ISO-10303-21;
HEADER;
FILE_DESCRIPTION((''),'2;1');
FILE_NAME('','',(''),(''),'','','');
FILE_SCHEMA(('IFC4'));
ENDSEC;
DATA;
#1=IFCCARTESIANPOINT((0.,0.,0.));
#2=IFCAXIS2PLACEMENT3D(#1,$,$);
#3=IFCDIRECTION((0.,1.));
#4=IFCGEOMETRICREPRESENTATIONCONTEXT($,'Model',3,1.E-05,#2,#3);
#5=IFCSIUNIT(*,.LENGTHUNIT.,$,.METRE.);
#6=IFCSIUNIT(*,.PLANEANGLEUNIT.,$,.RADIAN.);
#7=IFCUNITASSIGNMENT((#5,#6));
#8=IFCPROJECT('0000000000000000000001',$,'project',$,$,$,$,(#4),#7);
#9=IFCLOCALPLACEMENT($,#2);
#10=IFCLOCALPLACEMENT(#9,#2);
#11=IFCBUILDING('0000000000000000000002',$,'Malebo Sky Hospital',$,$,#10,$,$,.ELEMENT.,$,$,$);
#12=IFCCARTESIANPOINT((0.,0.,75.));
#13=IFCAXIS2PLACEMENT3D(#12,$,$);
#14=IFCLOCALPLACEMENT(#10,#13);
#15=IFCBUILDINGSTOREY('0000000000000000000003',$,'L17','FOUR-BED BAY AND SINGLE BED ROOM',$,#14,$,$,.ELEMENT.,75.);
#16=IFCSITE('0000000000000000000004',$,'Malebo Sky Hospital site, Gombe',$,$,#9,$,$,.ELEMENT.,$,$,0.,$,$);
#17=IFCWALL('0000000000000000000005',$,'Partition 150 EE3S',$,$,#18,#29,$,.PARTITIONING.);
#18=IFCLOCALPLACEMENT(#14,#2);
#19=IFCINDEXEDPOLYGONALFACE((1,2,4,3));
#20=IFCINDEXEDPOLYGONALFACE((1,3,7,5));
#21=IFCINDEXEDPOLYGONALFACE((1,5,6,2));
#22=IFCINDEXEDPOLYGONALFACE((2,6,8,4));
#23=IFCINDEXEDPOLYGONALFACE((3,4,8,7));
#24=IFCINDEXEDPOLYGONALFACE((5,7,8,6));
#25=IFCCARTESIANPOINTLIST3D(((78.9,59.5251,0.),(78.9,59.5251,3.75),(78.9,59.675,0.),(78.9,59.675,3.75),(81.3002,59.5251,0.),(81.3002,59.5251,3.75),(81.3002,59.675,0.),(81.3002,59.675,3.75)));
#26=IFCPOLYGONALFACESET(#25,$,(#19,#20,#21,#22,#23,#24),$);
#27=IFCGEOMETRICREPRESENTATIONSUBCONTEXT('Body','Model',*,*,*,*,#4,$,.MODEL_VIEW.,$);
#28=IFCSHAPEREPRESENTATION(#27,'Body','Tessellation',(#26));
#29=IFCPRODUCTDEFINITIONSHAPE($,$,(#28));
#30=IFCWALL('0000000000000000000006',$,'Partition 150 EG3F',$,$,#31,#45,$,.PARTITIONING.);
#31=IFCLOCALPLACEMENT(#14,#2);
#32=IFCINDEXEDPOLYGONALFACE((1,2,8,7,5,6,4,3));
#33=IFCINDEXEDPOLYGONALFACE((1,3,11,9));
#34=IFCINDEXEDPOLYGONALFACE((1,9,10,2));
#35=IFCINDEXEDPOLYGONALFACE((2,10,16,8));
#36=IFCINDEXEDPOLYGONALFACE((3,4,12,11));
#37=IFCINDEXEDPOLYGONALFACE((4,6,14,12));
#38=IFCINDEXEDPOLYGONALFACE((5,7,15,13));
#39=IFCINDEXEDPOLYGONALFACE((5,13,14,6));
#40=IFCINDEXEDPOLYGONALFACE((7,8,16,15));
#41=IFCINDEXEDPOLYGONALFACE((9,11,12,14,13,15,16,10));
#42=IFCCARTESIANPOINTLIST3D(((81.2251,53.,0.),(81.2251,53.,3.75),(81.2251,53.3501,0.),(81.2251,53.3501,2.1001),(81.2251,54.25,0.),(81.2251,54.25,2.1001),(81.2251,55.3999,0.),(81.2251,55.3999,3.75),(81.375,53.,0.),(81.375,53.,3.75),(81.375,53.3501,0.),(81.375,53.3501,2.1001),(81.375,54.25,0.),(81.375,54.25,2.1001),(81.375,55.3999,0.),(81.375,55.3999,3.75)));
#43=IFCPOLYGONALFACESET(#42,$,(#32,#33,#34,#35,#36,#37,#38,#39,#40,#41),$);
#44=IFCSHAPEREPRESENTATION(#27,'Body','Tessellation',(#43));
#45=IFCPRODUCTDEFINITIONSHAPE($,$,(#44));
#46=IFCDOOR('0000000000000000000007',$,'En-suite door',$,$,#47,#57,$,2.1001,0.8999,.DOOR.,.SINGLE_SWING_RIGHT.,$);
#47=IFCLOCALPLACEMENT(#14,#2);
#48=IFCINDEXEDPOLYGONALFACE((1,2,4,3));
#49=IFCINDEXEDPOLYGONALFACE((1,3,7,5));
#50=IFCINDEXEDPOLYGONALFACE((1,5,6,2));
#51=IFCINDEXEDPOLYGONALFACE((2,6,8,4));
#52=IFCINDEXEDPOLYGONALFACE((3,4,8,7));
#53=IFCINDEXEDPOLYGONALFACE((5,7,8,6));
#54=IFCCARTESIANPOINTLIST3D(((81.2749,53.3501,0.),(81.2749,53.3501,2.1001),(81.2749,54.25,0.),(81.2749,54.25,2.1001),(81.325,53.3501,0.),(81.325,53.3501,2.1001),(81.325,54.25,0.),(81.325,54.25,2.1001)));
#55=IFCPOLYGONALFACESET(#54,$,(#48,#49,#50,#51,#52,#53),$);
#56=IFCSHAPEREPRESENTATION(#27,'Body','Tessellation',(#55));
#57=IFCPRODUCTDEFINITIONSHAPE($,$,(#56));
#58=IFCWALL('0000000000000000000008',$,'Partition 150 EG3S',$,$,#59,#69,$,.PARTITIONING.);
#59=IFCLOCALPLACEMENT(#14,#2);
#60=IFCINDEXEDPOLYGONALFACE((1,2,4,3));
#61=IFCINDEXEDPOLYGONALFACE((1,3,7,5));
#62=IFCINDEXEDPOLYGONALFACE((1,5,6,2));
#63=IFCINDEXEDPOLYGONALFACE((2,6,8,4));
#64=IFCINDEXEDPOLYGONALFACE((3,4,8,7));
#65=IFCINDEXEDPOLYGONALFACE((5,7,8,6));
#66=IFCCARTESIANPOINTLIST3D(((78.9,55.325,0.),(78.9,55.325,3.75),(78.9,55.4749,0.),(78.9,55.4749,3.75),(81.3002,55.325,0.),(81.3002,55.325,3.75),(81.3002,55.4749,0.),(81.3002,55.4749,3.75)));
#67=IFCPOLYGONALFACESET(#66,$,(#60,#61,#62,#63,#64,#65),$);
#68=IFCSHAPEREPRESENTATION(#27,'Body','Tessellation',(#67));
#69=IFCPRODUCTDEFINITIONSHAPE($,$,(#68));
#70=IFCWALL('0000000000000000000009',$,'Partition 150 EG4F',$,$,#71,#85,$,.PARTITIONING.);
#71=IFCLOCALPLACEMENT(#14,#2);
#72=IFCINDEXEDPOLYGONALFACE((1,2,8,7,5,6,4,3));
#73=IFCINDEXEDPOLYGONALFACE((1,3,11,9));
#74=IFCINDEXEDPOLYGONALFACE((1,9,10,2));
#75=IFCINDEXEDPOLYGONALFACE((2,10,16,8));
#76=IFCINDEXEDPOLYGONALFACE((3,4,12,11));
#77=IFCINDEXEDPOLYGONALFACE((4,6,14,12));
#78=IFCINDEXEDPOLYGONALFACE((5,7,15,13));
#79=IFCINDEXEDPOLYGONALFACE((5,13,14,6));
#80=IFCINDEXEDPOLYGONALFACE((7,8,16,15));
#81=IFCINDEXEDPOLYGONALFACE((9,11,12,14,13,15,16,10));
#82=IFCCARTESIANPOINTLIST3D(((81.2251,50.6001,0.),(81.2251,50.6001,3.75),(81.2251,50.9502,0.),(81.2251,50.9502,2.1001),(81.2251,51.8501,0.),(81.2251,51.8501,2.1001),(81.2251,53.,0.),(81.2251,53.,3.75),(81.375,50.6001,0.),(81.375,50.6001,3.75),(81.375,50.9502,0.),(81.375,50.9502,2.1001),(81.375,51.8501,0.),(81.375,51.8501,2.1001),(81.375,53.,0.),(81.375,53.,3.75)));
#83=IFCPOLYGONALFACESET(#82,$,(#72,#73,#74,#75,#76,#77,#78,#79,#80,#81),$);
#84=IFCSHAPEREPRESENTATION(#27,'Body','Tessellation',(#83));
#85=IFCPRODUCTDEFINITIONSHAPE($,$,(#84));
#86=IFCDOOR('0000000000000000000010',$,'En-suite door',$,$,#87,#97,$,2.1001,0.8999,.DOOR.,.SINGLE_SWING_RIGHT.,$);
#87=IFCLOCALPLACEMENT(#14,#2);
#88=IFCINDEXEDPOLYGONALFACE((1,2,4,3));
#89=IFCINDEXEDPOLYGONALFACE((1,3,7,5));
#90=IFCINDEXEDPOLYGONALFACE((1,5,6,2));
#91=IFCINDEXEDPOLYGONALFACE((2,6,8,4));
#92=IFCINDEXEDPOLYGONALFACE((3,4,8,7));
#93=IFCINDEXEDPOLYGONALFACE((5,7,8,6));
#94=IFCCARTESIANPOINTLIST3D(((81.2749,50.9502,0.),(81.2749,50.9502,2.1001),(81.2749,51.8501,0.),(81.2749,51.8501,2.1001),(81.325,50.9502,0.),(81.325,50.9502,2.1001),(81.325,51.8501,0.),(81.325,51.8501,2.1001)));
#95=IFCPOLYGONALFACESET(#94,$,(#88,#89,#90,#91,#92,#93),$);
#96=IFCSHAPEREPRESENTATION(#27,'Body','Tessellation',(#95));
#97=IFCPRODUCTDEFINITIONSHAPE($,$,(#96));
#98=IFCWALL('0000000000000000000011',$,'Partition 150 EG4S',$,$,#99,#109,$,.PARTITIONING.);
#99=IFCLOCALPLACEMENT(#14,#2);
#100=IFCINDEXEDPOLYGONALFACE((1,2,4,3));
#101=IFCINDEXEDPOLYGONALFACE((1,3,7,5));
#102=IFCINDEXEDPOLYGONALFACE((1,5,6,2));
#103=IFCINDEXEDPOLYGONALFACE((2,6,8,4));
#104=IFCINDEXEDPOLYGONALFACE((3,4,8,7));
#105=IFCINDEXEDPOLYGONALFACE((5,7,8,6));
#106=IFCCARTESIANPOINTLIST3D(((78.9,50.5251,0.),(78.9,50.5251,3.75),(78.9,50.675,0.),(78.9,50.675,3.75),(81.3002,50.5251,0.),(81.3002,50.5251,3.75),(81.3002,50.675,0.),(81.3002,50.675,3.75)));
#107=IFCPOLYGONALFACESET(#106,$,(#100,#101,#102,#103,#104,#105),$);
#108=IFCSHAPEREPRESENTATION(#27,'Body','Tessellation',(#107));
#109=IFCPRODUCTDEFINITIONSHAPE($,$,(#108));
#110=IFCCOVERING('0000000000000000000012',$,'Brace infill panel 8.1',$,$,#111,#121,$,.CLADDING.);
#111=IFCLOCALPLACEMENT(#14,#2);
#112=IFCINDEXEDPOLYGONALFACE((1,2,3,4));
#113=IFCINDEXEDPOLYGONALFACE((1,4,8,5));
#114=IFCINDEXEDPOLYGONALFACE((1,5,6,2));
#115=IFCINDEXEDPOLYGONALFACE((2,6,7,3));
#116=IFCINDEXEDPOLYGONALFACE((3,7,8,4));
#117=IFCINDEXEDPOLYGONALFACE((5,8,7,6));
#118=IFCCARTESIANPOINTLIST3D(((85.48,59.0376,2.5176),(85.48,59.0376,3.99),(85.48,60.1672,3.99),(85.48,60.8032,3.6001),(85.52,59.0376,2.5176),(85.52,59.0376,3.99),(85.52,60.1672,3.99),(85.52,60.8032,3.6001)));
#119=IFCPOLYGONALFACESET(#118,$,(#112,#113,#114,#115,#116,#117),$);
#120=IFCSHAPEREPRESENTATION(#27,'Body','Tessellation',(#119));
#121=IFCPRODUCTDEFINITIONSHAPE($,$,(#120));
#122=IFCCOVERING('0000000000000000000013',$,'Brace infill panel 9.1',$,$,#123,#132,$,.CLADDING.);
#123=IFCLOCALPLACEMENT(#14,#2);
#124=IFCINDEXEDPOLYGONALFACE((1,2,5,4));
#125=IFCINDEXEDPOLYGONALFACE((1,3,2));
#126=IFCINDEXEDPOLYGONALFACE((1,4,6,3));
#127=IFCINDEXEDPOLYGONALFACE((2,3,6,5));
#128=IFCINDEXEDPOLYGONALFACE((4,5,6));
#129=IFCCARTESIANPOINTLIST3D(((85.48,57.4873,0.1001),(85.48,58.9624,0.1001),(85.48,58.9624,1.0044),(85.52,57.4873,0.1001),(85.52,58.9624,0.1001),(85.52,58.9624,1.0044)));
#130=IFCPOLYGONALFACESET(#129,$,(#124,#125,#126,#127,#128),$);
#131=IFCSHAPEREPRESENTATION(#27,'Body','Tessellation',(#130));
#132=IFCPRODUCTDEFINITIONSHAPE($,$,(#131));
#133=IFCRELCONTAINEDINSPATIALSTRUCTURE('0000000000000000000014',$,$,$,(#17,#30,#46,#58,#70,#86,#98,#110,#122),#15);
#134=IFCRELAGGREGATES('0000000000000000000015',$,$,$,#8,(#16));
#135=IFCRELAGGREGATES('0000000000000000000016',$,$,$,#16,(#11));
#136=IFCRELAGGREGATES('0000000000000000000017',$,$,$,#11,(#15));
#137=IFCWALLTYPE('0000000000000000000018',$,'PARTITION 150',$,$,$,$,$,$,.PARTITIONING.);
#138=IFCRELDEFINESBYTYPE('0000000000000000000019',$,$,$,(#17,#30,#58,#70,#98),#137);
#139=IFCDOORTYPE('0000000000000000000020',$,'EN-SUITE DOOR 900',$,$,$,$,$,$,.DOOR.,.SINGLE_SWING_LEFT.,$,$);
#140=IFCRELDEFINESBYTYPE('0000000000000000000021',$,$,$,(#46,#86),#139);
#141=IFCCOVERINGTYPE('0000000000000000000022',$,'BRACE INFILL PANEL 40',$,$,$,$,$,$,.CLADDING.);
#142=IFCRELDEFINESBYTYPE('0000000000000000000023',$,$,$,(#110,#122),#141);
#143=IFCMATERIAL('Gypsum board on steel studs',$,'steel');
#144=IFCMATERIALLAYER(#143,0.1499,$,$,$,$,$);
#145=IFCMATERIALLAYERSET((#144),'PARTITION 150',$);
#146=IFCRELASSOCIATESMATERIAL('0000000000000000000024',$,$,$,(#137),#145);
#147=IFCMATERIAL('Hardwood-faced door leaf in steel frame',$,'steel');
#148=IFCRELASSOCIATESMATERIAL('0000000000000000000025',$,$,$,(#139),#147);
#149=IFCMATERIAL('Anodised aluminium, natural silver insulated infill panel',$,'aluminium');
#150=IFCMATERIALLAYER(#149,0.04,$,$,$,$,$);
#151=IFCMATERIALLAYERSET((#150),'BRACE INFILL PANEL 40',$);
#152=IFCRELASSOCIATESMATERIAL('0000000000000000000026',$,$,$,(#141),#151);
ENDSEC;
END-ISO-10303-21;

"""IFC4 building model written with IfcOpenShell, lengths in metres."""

from ifc_helpers import new_model, si_unit, direction, frame, frame_2d, origin, place, context, subcontext, project, spatial, polyline, rectangle, outline, extrude, material, layer, layer_set, type_object, element, fill, save


model = new_model("IFC4")

# Units and contexts
model_context = context("Model", 3, precision=1e-05, world=origin(), true_north=direction((0.0, 1.0)))
body_context = subcontext(model_context, "Body", "Model", "MODEL_VIEW")
ifc_project = project(units=[si_unit("LENGTHUNIT", "METRE"), si_unit("PLANEANGLEUNIT", "RADIAN")], contexts=[model_context])

# Site, building, storey
site_placement = place(None, origin())
site = spatial("IfcSite", under=ifc_project, at=site_placement, Name="Malebo Sky Hospital site, Gombe", CompositionType="ELEMENT", RefElevation=0.0)
building_placement = place(site_placement, origin())
building = spatial("IfcBuilding", under=site, at=building_placement, Name="Malebo Sky Hospital", CompositionType="ELEMENT")
storey_placement = place(building_placement, frame((0.0, 0.0, 75.0)))
storey = spatial("IfcBuildingStorey", under=building, at=storey_placement, Name="L17", Description="FOUR-BED BAY AND SINGLE BED ROOM", CompositionType="ELEMENT", Elevation=75.0)

# Wall
ifc_material_1 = material(Name="Gypsum board on steel studs", Category="steel")
ifc_layer_1 = layer(ifc_material_1, 0.1499)
ifc_layer_set_1 = layer_set([ifc_layer_1], Name="PARTITION 150")
wall_type = type_object("IfcWallType", Name="PARTITION 150", PredefinedType="PARTITIONING", material=ifc_layer_set_1)
wall_1_placement = place(storey_placement, frame((78.8999, 59.6001, 0.0), z_axis=(0.0, 0.0, 1.0), x_axis=(1.0, 0.0, 0.0)))
element("IfcWall", 1, at=wall_1_placement, inside=storey, type_object=wall_type, Name="Partition 150 EE3S", PredefinedType="PARTITIONING", context=body_context, shape_type="SweptSolid", body=[
    extrude(rectangle(XDim=2.4001, YDim=0.1499, at=frame_2d((1.2002, 0.0))), origin(), (0.0, 0.0, 1.0), 3.75),
])

# Wall, opening, door
wall_2_placement = place(storey_placement, frame((81.3, 55.3999, 0.0), z_axis=(0.0, 0.0, 1.0), x_axis=(0.0, -1.0, 0.0)))
wall_2 = element("IfcWall", 2, at=wall_2_placement, inside=storey, type_object=wall_type, Name="Partition 150 EG3F", PredefinedType="PARTITIONING", context=body_context, shape_type="SweptSolid", body=[
    extrude(rectangle(XDim=2.3999, YDim=0.1499, at=frame_2d((1.2, 0.0))), origin(), (0.0, 0.0, 1.0), 3.75),
])
opening_1_placement = place(wall_2_placement, frame((1.1499, 0.0, 0.0)))
opening_1 = element("IfcOpeningElement", 3, at=opening_1_placement, cuts=wall_2, PredefinedType="OPENING", context=body_context, shape_type="SweptSolid", body=[
    extrude(rectangle(XDim=0.8999, YDim=2.1001, at=frame_2d((0.45, 1.05))), frame((0.0, 0.085, 0.0), z_axis=(0.0, -1.0, 0.0), x_axis=(1.0, 0.0, 0.0)), (0.0, 0.0, 1.0), 0.1699),
])
ifc_material_2 = material(Name="Hardwood-faced door leaf in steel frame", Category="steel")
door_type = type_object("IfcDoorType", Name="EN-SUITE DOOR 900", OperationType="SINGLE_SWING_LEFT", PredefinedType="DOOR", material=ifc_material_2)
door_1_placement = place(opening_1_placement, origin())
door_1 = element("IfcDoor", 4, at=door_1_placement, inside=storey, type_object=door_type, Name="En-suite door", OperationType="SINGLE_SWING_RIGHT", OverallHeight=2.1001, OverallWidth=0.8999, PredefinedType="DOOR", context=body_context, shape_type="SweptSolid", body=[
    extrude(rectangle(XDim=0.8999, YDim=2.1001, at=frame_2d((0.45, 1.05))), frame((0.0, 0.0249, 0.0), z_axis=(0.0, -1.0, 0.0), x_axis=(1.0, 0.0, 0.0)), (0.0, 0.0, 1.0), 0.05),
])
fill(opening_1, door_1)

# Wall
wall_3_placement = place(storey_placement, frame((78.8999, 55.3999, 0.0), z_axis=(0.0, 0.0, 1.0), x_axis=(1.0, 0.0, 0.0)))
element("IfcWall", 5, at=wall_3_placement, inside=storey, type_object=wall_type, Name="Partition 150 EG3S", PredefinedType="PARTITIONING", context=body_context, shape_type="SweptSolid", body=[
    extrude(rectangle(XDim=2.4001, YDim=0.1499, at=frame_2d((1.2002, 0.0))), origin(), (0.0, 0.0, 1.0), 3.75),
])

# Wall, opening, door
wall_4_placement = place(storey_placement, frame((81.3, 53.0, 0.0), z_axis=(0.0, 0.0, 1.0), x_axis=(0.0, -1.0, 0.0)))
wall_4 = element("IfcWall", 6, at=wall_4_placement, inside=storey, type_object=wall_type, Name="Partition 150 EG4F", PredefinedType="PARTITIONING", context=body_context, shape_type="SweptSolid", body=[
    extrude(rectangle(XDim=2.3999, YDim=0.1499, at=frame_2d((1.2, 0.0))), origin(), (0.0, 0.0, 1.0), 3.75),
])
opening_2_placement = place(wall_4_placement, frame((1.1499, 0.0, 0.0)))
opening_2 = element("IfcOpeningElement", 7, at=opening_2_placement, cuts=wall_4, PredefinedType="OPENING", context=body_context, shape_type="SweptSolid", body=[
    extrude(rectangle(XDim=0.8999, YDim=2.1001, at=frame_2d((0.45, 1.05))), frame((0.0, 0.085, 0.0), z_axis=(0.0, -1.0, 0.0), x_axis=(1.0, 0.0, 0.0)), (0.0, 0.0, 1.0), 0.1699),
])
door_2_placement = place(opening_2_placement, origin())
door_2 = element("IfcDoor", 8, at=door_2_placement, inside=storey, type_object=door_type, Name="En-suite door", OperationType="SINGLE_SWING_RIGHT", OverallHeight=2.1001, OverallWidth=0.8999, PredefinedType="DOOR", context=body_context, shape_type="SweptSolid", body=[
    extrude(rectangle(XDim=0.8999, YDim=2.1001, at=frame_2d((0.45, 1.05))), frame((0.0, 0.0249, 0.0), z_axis=(0.0, -1.0, 0.0), x_axis=(1.0, 0.0, 0.0)), (0.0, 0.0, 1.0), 0.05),
])
fill(opening_2, door_2)

# Wall
wall_5_placement = place(storey_placement, frame((78.8999, 50.6001, 0.0), z_axis=(0.0, 0.0, 1.0), x_axis=(1.0, 0.0, 0.0)))
element("IfcWall", 9, at=wall_5_placement, inside=storey, type_object=wall_type, Name="Partition 150 EG4S", PredefinedType="PARTITIONING", context=body_context, shape_type="SweptSolid", body=[
    extrude(rectangle(XDim=2.4001, YDim=0.1499, at=frame_2d((1.2002, 0.0))), origin(), (0.0, 0.0, 1.0), 3.75),
])

# Coverings
ifc_material_3 = material(Name="Anodised aluminium, natural silver insulated infill panel", Category="aluminium")
ifc_layer_2 = layer(ifc_material_3, 0.04)
ifc_layer_set_2 = layer_set([ifc_layer_2], Name="BRACE INFILL PANEL 40")
covering_type = type_object("IfcCoveringType", Name="BRACE INFILL PANEL 40", PredefinedType="CLADDING", material=ifc_layer_set_2)
covering_1_placement = place(storey_placement, frame((85.5, 59.9204, 2.5176), z_axis=(0.0, 0.0, 1.0), x_axis=(0.0, -1.0, 0.0)))
element("IfcCovering", 10, at=covering_1_placement, inside=storey, type_object=covering_type, Name="Brace infill panel 8.1", PredefinedType="CLADDING", context=body_context, shape_type="SweptSolid", body=[
    extrude(outline(polyline([(0.8828, 0.0), (0.8828, 1.4724), (-0.2468, 1.4724), (-0.8828, 1.0825), (0.8828, 0.0)])), frame((0.0, 0.02, 0.0), z_axis=(0.0, -1.0, 0.0), x_axis=(1.0, 0.0, 0.0)), (0.0, 0.0, 1.0), 0.04),
])
covering_2_placement = place(storey_placement, frame((85.5, 58.2249, 0.1001), z_axis=(0.0, 0.0, 1.0), x_axis=(0.0, -1.0, 0.0)))
element("IfcCovering", 11, at=covering_2_placement, inside=storey, type_object=covering_type, Name="Brace infill panel 9.1", PredefinedType="CLADDING", context=body_context, shape_type="SweptSolid", body=[
    extrude(outline(polyline([(-0.7375, 0.0), (0.7375, 0.0), (-0.7375, 0.9043), (-0.7375, 0.0)])), frame((0.0, 0.02, 0.0), z_axis=(0.0, -1.0, 0.0), x_axis=(1.0, 0.0, 0.0)), (0.0, 0.0, 1.0), 0.04),
])

save(model, "model.ifc")
